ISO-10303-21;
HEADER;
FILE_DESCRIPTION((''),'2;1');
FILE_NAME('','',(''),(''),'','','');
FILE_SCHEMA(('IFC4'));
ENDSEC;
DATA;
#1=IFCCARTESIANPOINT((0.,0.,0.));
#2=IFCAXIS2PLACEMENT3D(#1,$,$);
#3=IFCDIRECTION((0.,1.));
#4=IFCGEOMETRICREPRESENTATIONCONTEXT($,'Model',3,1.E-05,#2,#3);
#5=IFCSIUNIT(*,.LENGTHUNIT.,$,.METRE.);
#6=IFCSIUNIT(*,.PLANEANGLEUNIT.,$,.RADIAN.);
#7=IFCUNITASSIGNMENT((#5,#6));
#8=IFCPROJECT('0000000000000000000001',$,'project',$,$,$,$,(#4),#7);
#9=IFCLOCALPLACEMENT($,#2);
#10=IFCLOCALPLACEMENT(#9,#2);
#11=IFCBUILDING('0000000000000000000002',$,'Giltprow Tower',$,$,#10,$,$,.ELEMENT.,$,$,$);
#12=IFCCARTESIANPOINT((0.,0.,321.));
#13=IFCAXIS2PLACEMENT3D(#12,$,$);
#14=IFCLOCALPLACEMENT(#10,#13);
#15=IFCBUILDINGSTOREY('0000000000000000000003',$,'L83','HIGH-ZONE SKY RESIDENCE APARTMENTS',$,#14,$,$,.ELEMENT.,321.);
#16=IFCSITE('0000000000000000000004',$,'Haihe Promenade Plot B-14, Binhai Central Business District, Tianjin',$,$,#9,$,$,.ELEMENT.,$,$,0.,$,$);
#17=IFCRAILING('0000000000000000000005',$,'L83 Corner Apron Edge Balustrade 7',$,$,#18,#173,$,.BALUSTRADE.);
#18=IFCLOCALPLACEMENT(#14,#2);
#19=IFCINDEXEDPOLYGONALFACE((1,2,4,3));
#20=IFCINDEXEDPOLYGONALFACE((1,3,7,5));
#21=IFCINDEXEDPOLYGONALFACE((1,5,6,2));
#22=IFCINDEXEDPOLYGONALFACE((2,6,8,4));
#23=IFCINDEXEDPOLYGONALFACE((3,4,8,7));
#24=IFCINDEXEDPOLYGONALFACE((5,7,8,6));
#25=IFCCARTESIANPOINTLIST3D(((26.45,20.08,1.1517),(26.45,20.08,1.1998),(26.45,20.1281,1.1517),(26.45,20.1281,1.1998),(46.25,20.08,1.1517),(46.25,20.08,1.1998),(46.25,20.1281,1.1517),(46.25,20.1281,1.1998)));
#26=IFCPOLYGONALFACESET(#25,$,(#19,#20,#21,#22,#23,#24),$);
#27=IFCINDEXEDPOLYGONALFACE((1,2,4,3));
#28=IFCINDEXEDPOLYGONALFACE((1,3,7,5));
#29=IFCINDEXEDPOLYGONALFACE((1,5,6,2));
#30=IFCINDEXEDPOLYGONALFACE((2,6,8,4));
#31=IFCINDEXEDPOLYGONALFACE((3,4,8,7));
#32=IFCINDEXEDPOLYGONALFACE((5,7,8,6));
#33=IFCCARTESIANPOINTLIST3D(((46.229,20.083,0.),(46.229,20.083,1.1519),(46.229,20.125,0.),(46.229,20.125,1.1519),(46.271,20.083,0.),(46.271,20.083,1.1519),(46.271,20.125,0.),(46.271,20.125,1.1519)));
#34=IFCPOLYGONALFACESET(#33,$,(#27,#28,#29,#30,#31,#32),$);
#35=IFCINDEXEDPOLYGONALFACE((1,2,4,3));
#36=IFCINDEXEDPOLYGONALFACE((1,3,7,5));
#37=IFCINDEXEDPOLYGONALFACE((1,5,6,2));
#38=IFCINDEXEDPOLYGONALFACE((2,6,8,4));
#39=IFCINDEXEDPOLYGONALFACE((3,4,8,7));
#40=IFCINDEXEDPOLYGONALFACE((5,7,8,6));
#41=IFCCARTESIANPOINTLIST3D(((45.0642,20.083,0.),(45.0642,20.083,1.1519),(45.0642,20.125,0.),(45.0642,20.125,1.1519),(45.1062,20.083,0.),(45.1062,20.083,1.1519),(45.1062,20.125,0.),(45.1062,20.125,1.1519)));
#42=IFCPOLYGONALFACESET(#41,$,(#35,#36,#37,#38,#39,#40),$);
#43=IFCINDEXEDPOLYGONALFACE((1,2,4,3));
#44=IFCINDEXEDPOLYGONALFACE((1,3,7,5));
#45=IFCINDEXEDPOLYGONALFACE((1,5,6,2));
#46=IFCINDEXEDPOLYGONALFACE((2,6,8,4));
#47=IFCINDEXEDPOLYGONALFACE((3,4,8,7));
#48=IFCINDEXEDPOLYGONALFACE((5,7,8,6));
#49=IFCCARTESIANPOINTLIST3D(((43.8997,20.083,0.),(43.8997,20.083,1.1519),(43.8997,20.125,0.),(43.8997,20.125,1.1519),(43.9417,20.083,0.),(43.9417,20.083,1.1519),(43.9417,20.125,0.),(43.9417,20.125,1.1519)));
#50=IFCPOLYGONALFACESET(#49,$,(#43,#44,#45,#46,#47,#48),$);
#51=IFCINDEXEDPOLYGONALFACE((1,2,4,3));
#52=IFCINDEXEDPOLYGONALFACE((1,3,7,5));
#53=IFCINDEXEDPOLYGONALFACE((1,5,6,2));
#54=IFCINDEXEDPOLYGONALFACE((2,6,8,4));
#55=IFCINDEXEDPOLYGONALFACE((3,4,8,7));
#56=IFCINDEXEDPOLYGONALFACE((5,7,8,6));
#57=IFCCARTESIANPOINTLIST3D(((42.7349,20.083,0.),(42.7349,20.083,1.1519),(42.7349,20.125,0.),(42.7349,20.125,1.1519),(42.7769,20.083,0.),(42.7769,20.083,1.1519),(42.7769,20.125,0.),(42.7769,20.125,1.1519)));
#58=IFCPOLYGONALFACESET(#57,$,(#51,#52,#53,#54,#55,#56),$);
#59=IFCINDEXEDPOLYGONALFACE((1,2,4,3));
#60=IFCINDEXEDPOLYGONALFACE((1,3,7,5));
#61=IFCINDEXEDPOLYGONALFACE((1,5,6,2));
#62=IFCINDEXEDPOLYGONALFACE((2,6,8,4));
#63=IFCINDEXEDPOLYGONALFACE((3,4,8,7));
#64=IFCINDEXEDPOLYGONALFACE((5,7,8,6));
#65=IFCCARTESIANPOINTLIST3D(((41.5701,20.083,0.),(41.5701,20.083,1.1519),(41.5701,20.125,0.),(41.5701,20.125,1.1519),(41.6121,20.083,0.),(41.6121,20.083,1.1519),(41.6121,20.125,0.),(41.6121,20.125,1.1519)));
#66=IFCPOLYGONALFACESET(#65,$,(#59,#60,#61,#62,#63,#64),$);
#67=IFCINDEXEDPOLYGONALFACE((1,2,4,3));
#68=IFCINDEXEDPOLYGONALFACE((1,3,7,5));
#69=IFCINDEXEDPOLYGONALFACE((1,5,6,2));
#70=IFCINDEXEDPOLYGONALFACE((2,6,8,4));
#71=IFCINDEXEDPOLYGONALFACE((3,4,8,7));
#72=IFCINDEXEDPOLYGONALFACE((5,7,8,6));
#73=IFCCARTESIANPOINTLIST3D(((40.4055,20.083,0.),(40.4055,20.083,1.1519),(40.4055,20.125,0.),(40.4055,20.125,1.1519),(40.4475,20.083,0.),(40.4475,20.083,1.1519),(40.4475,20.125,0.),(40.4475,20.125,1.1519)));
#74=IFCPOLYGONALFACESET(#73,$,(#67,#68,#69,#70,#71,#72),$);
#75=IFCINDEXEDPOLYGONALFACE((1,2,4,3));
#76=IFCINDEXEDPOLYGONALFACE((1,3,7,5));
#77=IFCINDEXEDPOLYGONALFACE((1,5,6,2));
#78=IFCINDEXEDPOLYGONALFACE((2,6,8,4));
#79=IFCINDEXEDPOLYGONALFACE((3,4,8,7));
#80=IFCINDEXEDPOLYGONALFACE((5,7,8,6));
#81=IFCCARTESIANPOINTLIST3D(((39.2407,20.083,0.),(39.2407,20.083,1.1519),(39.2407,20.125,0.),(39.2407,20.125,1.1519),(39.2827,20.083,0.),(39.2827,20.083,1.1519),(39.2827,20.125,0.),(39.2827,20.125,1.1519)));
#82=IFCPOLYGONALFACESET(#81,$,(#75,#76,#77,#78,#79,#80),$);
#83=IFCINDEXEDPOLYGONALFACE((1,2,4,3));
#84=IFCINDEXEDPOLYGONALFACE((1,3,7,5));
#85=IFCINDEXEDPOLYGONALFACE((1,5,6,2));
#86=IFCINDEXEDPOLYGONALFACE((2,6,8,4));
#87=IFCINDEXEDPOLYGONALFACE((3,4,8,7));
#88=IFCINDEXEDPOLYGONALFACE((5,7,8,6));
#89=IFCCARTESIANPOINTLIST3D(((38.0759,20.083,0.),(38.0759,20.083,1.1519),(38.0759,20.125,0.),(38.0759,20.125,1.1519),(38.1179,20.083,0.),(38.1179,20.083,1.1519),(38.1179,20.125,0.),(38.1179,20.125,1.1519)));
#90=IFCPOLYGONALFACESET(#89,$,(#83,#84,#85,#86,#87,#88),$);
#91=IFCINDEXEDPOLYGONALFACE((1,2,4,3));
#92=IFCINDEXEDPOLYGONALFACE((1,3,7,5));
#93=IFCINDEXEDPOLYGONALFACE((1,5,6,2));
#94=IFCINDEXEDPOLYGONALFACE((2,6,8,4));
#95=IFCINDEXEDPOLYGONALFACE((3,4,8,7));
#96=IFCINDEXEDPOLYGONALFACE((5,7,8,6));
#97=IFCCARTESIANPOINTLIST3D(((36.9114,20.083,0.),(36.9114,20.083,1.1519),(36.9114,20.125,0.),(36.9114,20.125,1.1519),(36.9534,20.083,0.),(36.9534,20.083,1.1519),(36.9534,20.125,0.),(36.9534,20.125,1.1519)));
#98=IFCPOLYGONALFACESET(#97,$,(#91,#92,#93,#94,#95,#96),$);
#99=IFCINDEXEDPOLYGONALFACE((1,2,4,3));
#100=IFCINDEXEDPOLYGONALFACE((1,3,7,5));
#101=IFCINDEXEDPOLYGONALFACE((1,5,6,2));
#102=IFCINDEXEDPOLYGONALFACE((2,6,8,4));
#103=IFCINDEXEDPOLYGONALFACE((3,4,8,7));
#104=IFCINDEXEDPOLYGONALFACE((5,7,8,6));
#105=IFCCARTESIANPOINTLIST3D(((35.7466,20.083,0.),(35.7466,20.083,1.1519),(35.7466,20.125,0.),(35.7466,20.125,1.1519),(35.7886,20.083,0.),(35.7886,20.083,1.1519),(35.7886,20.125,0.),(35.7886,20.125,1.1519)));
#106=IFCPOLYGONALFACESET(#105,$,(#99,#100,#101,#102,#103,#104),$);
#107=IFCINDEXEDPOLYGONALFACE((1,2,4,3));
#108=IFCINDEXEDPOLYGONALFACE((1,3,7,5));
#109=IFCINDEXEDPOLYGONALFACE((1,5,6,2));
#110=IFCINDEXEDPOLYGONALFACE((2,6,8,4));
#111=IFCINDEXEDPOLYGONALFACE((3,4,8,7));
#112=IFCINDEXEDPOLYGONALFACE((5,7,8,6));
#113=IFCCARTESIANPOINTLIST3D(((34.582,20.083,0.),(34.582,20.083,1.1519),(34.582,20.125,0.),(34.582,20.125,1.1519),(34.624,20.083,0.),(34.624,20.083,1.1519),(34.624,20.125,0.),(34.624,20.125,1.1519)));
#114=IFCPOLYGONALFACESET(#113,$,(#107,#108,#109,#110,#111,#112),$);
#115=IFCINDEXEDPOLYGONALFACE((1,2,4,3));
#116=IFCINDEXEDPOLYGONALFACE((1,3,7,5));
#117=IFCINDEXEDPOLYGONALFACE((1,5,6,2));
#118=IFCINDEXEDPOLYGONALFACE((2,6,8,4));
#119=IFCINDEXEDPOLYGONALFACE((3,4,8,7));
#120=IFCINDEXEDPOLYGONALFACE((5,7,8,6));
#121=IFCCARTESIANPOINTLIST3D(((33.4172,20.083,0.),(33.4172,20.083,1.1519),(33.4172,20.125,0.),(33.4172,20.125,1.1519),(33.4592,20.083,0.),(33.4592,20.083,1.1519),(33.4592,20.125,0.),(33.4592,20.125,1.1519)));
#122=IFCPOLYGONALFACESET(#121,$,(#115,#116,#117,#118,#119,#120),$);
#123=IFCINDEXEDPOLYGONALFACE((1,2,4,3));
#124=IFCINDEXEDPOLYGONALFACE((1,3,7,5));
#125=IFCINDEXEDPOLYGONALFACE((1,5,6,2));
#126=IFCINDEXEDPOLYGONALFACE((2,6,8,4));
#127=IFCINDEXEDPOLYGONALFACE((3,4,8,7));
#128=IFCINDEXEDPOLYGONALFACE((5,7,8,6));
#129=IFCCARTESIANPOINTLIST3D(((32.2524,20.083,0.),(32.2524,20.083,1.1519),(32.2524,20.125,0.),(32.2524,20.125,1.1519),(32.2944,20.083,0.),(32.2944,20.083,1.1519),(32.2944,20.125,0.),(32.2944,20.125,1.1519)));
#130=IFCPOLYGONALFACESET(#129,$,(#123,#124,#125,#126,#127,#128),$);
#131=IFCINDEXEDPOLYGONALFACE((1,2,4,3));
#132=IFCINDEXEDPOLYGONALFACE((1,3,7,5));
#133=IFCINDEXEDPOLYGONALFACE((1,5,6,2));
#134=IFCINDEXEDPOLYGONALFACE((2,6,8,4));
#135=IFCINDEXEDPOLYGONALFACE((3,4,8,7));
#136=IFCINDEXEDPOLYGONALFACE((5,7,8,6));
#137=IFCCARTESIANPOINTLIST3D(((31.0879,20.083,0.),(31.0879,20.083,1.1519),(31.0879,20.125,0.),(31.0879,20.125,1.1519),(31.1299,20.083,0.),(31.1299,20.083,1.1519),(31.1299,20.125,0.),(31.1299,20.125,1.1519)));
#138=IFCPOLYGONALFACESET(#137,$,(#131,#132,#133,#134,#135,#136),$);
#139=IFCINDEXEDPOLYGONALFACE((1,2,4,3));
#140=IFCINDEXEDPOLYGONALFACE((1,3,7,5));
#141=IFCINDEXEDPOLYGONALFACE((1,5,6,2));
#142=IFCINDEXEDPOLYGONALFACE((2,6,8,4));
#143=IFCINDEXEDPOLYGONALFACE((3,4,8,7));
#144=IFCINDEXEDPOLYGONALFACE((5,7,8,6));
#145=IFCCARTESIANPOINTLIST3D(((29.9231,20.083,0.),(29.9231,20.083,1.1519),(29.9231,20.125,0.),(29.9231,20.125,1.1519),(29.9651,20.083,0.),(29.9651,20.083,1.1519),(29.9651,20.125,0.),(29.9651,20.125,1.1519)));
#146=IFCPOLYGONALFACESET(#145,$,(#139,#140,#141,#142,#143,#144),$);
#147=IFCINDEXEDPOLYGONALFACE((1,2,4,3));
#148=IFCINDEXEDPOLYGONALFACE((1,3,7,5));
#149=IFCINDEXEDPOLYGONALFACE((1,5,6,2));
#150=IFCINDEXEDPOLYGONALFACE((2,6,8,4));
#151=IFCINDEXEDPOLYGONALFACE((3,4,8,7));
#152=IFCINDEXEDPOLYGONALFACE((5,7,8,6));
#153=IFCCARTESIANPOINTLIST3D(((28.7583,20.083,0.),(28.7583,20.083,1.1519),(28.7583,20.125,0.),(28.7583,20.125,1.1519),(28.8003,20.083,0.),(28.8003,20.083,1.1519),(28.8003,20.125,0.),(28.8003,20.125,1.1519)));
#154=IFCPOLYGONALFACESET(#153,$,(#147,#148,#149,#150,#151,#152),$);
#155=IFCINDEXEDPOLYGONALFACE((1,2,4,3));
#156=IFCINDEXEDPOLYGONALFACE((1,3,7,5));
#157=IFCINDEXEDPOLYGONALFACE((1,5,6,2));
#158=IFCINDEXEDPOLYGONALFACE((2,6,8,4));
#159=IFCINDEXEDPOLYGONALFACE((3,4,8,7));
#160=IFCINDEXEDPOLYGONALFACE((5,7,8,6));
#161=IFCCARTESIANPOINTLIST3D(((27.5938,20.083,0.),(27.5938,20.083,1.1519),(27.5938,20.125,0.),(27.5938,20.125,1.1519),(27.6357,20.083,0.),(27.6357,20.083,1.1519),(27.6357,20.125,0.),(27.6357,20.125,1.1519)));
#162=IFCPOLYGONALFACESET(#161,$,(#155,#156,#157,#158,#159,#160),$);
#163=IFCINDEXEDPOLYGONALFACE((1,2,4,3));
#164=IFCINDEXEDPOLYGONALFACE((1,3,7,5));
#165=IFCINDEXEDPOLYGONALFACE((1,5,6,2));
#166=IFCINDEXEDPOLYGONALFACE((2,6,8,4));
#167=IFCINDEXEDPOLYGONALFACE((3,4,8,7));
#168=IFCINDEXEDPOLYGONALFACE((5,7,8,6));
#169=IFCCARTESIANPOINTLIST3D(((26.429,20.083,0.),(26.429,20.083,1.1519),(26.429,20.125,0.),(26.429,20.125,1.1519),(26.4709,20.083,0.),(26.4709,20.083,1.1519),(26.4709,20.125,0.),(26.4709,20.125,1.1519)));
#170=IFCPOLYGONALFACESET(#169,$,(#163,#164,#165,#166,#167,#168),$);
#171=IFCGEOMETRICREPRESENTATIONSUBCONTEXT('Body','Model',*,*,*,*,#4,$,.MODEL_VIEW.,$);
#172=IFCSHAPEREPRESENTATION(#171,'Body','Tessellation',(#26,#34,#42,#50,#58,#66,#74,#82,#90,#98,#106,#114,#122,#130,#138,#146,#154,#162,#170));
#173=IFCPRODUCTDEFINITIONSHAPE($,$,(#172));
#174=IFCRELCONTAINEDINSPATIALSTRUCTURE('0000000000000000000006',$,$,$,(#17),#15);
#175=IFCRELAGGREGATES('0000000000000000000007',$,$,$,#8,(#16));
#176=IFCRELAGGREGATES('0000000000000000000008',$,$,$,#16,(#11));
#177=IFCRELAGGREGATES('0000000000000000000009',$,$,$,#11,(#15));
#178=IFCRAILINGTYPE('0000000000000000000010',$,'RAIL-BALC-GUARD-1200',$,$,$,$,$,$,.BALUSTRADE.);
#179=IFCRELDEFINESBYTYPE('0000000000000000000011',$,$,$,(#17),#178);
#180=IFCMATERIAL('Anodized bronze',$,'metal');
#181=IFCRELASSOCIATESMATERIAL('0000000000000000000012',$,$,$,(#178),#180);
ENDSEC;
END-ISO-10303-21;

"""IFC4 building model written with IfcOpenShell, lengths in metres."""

from ifc_helpers import new_model, si_unit, direction, frame, origin, origin_2d, place, context, subcontext, project, spatial, rectangle, extrude, material, type_object, element, save


model = new_model("IFC4")

# Units and contexts
model_context = context("Model", 3, precision=1e-05, world=origin(), true_north=direction((0.0, 1.0)))
body_context = subcontext(model_context, "Body", "Model", "MODEL_VIEW")
ifc_project = project(units=[si_unit("LENGTHUNIT", "METRE"), si_unit("PLANEANGLEUNIT", "RADIAN")], contexts=[model_context])

# Site, building, storey
site_placement = place(None, origin())
site = spatial("IfcSite", under=ifc_project, at=site_placement, Name="Haihe Promenade Plot B-14, Binhai Central Business District, Tianjin", CompositionType="ELEMENT", RefElevation=0.0)
building_placement = place(site_placement, origin())
building = spatial("IfcBuilding", under=site, at=building_placement, Name="Giltprow Tower", CompositionType="ELEMENT")
storey_placement = place(building_placement, frame((0.0, 0.0, 321.0)))
storey = spatial("IfcBuildingStorey", under=building, at=storey_placement, Name="L83", Description="HIGH-ZONE SKY RESIDENCE APARTMENTS", CompositionType="ELEMENT", Elevation=321.0)

# Railing
ifc_material_1 = material(Name="Anodized bronze", Category="metal")
railing_type = type_object("IfcRailingType", Name="RAIL-BALC-GUARD-1200", PredefinedType="BALUSTRADE", material=ifc_material_1)
railing_placement = place(storey_placement, frame((46.25, 20.104, 0.0)))
element("IfcRailing", 1, at=railing_placement, inside=storey, type_object=railing_type, Name="L83 Corner Apron Edge Balustrade 7", PredefinedType="BALUSTRADE", context=body_context, shape_type="SweptSolid", body=[
    extrude(rectangle(XDim=0.0481, YDim=0.0481, at=origin_2d()), frame((0.0, 0.0, 1.1758), z_axis=(-1.0, 0.0, 0.0), x_axis=(0.0, -1.0, 0.0)), (0.0, 0.0, 1.0), 19.8),
    extrude(rectangle(XDim=0.042, YDim=0.042, at=origin_2d()), origin(), (0.0, 0.0, 1.0), 1.1519),
    extrude(rectangle(XDim=0.042, YDim=0.042, at=origin_2d()), frame((-1.1648, 0.0, 0.0)), (0.0, 0.0, 1.0), 1.1519),
    extrude(rectangle(XDim=0.042, YDim=0.042, at=origin_2d()), frame((-2.3293, 0.0, 0.0)), (0.0, 0.0, 1.0), 1.1519),
    extrude(rectangle(XDim=0.042, YDim=0.042, at=origin_2d()), frame((-3.4941, 0.0, 0.0)), (0.0, 0.0, 1.0), 1.1519),
    extrude(rectangle(XDim=0.042, YDim=0.042, at=origin_2d()), frame((-4.6589, 0.0, 0.0)), (0.0, 0.0, 1.0), 1.1519),
    extrude(rectangle(XDim=0.042, YDim=0.042, at=origin_2d()), frame((-5.8235, 0.0, 0.0)), (0.0, 0.0, 1.0), 1.1519),
    extrude(rectangle(XDim=0.042, YDim=0.042, at=origin_2d()), frame((-6.9883, 0.0, 0.0)), (0.0, 0.0, 1.0), 1.1519),
    extrude(rectangle(XDim=0.042, YDim=0.042, at=origin_2d()), frame((-8.1531, 0.0, 0.0)), (0.0, 0.0, 1.0), 1.1519),
    extrude(rectangle(XDim=0.042, YDim=0.042, at=origin_2d()), frame((-9.3176, 0.0, 0.0)), (0.0, 0.0, 1.0), 1.1519),
    extrude(rectangle(XDim=0.042, YDim=0.042, at=origin_2d()), frame((-10.4824, 0.0, 0.0)), (0.0, 0.0, 1.0), 1.1519),
    extrude(rectangle(XDim=0.042, YDim=0.042, at=origin_2d()), frame((-11.647, 0.0, 0.0)), (0.0, 0.0, 1.0), 1.1519),
    extrude(rectangle(XDim=0.042, YDim=0.042, at=origin_2d()), frame((-12.8118, 0.0, 0.0)), (0.0, 0.0, 1.0), 1.1519),
    extrude(rectangle(XDim=0.042, YDim=0.042, at=origin_2d()), frame((-13.9766, 0.0, 0.0)), (0.0, 0.0, 1.0), 1.1519),
    extrude(rectangle(XDim=0.042, YDim=0.042, at=origin_2d()), frame((-15.1411, 0.0, 0.0)), (0.0, 0.0, 1.0), 1.1519),
    extrude(rectangle(XDim=0.042, YDim=0.042, at=origin_2d()), frame((-16.3059, 0.0, 0.0)), (0.0, 0.0, 1.0), 1.1519),
    extrude(rectangle(XDim=0.042, YDim=0.042, at=origin_2d()), frame((-17.4707, 0.0, 0.0)), (0.0, 0.0, 1.0), 1.1519),
    extrude(rectangle(XDim=0.042, YDim=0.042, at=origin_2d()), frame((-18.6353, 0.0, 0.0)), (0.0, 0.0, 1.0), 1.1519),
    extrude(rectangle(XDim=0.042, YDim=0.042, at=origin_2d()), frame((-19.8, 0.0, 0.0)), (0.0, 0.0, 1.0), 1.1519),
])

save(model, "model.ifc")
